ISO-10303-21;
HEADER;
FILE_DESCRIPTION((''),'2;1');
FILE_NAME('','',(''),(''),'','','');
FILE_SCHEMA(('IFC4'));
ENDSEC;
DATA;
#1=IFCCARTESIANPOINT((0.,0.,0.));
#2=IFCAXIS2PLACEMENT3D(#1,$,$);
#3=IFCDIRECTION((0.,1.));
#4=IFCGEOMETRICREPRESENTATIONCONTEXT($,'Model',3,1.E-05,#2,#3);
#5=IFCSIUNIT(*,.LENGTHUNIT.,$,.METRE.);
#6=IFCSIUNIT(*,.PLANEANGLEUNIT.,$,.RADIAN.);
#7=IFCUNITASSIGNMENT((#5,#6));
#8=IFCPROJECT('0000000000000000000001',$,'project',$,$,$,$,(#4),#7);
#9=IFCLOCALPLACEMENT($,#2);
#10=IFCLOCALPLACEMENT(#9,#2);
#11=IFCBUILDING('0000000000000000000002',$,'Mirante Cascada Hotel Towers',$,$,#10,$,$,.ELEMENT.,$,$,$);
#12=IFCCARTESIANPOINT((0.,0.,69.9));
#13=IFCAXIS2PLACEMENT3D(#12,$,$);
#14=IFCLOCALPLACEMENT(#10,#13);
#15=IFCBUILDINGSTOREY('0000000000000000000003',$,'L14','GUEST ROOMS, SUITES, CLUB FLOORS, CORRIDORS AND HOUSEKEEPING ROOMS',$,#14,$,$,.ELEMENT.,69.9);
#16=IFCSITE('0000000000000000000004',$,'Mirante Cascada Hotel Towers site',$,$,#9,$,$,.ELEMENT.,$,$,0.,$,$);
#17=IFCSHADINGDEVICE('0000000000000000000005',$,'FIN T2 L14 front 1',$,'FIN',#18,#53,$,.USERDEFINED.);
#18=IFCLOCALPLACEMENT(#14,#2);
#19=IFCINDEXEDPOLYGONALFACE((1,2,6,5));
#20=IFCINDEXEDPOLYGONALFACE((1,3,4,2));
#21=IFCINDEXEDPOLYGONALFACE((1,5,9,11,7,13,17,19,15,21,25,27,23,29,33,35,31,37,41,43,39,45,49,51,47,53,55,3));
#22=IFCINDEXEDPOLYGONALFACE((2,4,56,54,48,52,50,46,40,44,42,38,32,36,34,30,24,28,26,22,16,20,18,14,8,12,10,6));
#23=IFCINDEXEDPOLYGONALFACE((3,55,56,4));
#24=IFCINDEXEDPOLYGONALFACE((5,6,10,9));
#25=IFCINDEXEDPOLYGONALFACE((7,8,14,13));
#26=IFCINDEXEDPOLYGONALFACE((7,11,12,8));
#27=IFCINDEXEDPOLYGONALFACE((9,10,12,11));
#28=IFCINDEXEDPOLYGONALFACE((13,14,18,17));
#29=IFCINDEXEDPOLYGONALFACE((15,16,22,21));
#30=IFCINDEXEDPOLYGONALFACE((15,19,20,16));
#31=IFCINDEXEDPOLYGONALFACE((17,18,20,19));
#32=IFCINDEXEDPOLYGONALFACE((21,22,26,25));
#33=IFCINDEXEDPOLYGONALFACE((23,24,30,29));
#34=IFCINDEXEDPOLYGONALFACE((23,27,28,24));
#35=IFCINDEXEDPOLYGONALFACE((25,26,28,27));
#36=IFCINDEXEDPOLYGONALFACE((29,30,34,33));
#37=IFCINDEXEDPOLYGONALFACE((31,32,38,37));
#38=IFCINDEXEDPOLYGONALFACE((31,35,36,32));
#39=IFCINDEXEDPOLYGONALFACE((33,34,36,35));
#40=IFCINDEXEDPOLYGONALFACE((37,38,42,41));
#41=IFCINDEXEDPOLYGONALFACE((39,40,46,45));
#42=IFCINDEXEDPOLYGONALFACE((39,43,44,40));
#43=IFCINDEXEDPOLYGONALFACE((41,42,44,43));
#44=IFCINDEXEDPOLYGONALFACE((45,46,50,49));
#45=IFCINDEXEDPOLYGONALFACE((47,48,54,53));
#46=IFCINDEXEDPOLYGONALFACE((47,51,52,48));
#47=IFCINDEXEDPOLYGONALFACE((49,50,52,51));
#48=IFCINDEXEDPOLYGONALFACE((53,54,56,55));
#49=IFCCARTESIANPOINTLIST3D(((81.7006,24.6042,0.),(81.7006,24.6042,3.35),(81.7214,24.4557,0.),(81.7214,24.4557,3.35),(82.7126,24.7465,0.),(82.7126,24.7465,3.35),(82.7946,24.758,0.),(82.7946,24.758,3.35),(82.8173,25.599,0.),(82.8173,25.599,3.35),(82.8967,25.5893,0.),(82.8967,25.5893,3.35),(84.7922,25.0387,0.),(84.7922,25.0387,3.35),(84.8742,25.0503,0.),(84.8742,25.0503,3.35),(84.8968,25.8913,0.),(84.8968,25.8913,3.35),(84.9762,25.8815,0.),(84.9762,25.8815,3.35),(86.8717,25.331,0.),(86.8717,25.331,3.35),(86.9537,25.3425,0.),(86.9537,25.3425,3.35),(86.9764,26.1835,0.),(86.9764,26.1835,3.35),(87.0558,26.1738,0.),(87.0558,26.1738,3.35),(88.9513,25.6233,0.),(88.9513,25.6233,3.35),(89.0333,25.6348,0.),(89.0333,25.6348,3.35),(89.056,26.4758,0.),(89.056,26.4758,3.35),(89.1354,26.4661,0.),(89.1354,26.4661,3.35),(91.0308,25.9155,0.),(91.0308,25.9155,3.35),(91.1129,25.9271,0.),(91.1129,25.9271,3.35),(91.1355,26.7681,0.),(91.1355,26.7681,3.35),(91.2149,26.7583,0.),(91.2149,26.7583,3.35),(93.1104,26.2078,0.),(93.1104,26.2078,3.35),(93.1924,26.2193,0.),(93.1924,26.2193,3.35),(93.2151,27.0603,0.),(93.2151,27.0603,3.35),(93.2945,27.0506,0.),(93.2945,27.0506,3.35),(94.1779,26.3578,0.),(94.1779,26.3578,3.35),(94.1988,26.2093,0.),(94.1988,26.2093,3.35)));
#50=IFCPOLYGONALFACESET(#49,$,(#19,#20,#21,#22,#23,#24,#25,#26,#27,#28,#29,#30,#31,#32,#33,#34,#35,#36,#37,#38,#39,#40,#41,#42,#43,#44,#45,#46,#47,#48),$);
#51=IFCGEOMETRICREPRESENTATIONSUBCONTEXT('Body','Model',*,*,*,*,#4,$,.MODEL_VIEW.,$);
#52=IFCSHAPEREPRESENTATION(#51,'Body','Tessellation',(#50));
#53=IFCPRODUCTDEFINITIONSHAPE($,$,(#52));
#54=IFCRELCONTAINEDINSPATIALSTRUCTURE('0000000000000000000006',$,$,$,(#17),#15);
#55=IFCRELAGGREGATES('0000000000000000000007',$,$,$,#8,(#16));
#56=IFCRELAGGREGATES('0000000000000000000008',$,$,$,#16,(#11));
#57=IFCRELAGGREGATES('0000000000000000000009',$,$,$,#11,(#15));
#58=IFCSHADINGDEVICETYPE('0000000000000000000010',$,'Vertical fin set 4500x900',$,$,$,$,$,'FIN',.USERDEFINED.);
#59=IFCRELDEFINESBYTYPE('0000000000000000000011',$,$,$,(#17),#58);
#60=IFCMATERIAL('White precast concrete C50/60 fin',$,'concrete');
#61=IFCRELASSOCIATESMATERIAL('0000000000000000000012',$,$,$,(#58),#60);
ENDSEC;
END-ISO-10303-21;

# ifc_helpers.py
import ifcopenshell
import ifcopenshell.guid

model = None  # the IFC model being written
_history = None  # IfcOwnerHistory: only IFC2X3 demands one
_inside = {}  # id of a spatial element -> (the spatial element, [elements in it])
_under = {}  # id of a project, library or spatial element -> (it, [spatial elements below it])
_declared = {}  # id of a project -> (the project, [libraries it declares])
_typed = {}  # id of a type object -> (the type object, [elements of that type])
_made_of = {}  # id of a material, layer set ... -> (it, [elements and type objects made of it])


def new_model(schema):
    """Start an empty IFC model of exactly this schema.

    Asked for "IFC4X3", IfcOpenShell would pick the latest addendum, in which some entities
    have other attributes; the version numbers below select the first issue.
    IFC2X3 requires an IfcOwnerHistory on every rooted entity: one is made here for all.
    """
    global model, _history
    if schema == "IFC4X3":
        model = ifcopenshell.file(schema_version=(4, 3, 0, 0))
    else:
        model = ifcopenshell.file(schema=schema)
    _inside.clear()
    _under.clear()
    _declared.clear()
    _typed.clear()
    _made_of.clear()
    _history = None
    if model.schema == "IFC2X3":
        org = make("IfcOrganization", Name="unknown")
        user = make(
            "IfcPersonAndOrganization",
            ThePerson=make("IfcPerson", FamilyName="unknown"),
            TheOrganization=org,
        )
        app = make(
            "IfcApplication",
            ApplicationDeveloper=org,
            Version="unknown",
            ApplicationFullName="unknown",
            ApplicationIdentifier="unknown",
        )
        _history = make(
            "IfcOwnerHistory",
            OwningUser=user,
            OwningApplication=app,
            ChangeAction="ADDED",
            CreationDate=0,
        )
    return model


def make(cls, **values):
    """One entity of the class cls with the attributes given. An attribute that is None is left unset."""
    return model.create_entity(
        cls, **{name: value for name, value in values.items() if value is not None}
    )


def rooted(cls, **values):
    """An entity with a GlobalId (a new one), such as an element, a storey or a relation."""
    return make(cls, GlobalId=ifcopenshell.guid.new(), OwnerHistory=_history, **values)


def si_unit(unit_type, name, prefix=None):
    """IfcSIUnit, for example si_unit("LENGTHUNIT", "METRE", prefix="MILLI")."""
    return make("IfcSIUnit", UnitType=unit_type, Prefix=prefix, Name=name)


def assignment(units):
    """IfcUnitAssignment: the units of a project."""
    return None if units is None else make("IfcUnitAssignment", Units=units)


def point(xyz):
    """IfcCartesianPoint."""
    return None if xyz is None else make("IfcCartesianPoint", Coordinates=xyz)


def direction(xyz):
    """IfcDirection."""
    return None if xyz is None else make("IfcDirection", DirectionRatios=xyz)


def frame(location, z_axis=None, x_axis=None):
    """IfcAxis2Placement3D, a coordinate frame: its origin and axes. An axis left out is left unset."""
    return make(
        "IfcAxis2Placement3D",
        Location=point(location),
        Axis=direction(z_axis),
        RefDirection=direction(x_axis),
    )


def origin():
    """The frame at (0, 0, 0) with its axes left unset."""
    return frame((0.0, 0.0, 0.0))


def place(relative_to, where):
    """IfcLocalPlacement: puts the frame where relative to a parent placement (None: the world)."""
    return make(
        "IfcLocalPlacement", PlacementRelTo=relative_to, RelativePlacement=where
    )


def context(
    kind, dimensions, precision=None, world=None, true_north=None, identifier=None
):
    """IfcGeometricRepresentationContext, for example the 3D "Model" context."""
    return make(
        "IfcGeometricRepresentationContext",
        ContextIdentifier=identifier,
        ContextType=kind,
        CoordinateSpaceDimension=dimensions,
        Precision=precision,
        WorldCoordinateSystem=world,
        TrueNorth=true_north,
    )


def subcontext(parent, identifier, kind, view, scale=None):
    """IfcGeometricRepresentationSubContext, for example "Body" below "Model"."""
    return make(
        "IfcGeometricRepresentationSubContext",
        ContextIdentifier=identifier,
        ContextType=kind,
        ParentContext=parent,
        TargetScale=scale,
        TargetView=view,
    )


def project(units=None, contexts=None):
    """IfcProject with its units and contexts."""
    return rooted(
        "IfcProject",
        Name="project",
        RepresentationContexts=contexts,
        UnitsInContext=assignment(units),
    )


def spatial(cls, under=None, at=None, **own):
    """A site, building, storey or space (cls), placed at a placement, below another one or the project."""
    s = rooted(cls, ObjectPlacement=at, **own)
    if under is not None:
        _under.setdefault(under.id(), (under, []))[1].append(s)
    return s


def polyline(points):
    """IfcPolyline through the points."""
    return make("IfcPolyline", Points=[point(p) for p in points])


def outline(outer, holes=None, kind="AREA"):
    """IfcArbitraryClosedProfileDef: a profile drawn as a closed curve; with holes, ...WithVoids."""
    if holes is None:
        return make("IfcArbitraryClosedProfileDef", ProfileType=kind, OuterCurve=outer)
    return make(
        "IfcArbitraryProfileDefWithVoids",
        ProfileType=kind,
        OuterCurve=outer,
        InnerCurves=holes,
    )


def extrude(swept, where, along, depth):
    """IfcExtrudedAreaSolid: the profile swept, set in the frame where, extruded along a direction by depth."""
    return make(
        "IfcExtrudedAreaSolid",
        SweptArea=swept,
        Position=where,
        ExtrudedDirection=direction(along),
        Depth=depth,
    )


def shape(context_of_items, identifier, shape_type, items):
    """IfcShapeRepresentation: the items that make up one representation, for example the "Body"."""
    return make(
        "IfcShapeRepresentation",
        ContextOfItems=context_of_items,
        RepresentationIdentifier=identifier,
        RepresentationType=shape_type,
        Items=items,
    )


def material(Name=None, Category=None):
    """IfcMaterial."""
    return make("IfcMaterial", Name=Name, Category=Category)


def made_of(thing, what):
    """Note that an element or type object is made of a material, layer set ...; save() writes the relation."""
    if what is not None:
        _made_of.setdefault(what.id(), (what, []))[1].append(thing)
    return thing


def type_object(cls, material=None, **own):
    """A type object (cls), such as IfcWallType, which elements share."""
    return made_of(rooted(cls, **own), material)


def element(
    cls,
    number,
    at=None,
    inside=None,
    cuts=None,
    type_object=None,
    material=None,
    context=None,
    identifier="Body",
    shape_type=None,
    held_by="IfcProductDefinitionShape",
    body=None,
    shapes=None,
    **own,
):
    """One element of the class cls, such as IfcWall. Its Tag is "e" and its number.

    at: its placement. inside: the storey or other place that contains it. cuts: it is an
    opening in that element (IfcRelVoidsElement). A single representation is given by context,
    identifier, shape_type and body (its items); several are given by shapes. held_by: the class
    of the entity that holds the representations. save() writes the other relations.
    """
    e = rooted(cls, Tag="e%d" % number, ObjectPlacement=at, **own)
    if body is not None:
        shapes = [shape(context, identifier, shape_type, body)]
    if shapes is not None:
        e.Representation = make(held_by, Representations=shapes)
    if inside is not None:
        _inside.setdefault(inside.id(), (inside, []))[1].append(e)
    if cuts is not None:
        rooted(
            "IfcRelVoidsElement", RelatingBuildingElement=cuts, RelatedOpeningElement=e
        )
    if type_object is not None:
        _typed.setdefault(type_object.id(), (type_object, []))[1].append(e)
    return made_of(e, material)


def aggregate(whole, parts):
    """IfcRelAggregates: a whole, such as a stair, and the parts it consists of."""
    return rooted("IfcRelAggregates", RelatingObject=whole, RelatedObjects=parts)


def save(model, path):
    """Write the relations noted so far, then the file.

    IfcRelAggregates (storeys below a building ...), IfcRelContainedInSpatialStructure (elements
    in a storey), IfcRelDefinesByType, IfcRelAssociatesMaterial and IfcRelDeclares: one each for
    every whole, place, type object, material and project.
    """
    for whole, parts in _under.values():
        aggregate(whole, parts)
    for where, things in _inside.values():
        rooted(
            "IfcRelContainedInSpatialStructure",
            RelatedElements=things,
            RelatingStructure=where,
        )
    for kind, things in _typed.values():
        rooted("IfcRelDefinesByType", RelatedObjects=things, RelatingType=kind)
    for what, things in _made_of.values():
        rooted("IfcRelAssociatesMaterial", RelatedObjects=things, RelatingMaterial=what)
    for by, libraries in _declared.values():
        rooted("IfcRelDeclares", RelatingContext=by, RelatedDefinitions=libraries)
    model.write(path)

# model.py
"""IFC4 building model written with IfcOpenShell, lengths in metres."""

from ifc_helpers import new_model, si_unit, direction, frame, origin, place, context, subcontext, project, spatial, polyline, outline, extrude, material, type_object, element, save


model = new_model("IFC4")

# Units and contexts
model_context = context("Model", 3, precision=1e-05, world=origin(), true_north=direction((0.0, 1.0)))
body_context = subcontext(model_context, "Body", "Model", "MODEL_VIEW")
ifc_project = project(units=[si_unit("LENGTHUNIT", "METRE"), si_unit("PLANEANGLEUNIT", "RADIAN")], contexts=[model_context])

# Site, building, storey
site_placement = place(None, origin())
site = spatial("IfcSite", under=ifc_project, at=site_placement, Name="Mirante Cascada Hotel Towers site", CompositionType="ELEMENT", RefElevation=0.0)
building_placement = place(site_placement, origin())
building = spatial("IfcBuilding", under=site, at=building_placement, Name="Mirante Cascada Hotel Towers", CompositionType="ELEMENT")
storey_placement = place(building_placement, frame((0.0, 0.0, 69.9)))
storey = spatial("IfcBuildingStorey", under=building, at=storey_placement, Name="L14", Description="GUEST ROOMS, SUITES, CLUB FLOORS, CORRIDORS AND HOUSEKEEPING ROOMS", CompositionType="ELEMENT", Elevation=69.9)

# Shading device
ifc_material_1 = material(Name="White precast concrete C50/60 fin", Category="concrete")
shading_device_type = type_object("IfcShadingDeviceType", Name="Vertical fin set 4500x900", ElementType="FIN", PredefinedType="USERDEFINED", material=ifc_material_1)
shading_device_1_placement = place(storey_placement, origin())
element("IfcShadingDevice", 1, at=shading_device_1_placement, inside=storey, type_object=shading_device_type, Name="FIN T2 L14 front 1", ObjectType="FIN", PredefinedType="USERDEFINED", context=body_context, shape_type="SweptSolid", body=[
    extrude(outline(polyline([(82.8967, 25.5893), (82.7946, 24.758), (84.7922, 25.0387), (84.8968, 25.8913), (84.9762, 25.8815), (84.8742, 25.0503), (86.8717, 25.331), (86.9764, 26.1835), (87.0558, 26.1738), (86.9537, 25.3425), (88.9513, 25.6233), (89.056, 26.4758), (89.1354, 26.4661), (89.0333, 25.6348), (91.0308, 25.9155), (91.1355, 26.7681), (91.2149, 26.7583), (91.1129, 25.9271), (93.1104, 26.2078), (93.2151, 27.0603), (93.2945, 27.0506), (93.1924, 26.2193), (94.1779, 26.3578), (94.1988, 26.2093), (81.7214, 24.4557), (81.7006, 24.6042), (82.7126, 24.7465), (82.8173, 25.599), (82.8967, 25.5893)])), origin(), (0.0, 0.0, 1.0), 3.35),
])

save(model, "model.ifc")
